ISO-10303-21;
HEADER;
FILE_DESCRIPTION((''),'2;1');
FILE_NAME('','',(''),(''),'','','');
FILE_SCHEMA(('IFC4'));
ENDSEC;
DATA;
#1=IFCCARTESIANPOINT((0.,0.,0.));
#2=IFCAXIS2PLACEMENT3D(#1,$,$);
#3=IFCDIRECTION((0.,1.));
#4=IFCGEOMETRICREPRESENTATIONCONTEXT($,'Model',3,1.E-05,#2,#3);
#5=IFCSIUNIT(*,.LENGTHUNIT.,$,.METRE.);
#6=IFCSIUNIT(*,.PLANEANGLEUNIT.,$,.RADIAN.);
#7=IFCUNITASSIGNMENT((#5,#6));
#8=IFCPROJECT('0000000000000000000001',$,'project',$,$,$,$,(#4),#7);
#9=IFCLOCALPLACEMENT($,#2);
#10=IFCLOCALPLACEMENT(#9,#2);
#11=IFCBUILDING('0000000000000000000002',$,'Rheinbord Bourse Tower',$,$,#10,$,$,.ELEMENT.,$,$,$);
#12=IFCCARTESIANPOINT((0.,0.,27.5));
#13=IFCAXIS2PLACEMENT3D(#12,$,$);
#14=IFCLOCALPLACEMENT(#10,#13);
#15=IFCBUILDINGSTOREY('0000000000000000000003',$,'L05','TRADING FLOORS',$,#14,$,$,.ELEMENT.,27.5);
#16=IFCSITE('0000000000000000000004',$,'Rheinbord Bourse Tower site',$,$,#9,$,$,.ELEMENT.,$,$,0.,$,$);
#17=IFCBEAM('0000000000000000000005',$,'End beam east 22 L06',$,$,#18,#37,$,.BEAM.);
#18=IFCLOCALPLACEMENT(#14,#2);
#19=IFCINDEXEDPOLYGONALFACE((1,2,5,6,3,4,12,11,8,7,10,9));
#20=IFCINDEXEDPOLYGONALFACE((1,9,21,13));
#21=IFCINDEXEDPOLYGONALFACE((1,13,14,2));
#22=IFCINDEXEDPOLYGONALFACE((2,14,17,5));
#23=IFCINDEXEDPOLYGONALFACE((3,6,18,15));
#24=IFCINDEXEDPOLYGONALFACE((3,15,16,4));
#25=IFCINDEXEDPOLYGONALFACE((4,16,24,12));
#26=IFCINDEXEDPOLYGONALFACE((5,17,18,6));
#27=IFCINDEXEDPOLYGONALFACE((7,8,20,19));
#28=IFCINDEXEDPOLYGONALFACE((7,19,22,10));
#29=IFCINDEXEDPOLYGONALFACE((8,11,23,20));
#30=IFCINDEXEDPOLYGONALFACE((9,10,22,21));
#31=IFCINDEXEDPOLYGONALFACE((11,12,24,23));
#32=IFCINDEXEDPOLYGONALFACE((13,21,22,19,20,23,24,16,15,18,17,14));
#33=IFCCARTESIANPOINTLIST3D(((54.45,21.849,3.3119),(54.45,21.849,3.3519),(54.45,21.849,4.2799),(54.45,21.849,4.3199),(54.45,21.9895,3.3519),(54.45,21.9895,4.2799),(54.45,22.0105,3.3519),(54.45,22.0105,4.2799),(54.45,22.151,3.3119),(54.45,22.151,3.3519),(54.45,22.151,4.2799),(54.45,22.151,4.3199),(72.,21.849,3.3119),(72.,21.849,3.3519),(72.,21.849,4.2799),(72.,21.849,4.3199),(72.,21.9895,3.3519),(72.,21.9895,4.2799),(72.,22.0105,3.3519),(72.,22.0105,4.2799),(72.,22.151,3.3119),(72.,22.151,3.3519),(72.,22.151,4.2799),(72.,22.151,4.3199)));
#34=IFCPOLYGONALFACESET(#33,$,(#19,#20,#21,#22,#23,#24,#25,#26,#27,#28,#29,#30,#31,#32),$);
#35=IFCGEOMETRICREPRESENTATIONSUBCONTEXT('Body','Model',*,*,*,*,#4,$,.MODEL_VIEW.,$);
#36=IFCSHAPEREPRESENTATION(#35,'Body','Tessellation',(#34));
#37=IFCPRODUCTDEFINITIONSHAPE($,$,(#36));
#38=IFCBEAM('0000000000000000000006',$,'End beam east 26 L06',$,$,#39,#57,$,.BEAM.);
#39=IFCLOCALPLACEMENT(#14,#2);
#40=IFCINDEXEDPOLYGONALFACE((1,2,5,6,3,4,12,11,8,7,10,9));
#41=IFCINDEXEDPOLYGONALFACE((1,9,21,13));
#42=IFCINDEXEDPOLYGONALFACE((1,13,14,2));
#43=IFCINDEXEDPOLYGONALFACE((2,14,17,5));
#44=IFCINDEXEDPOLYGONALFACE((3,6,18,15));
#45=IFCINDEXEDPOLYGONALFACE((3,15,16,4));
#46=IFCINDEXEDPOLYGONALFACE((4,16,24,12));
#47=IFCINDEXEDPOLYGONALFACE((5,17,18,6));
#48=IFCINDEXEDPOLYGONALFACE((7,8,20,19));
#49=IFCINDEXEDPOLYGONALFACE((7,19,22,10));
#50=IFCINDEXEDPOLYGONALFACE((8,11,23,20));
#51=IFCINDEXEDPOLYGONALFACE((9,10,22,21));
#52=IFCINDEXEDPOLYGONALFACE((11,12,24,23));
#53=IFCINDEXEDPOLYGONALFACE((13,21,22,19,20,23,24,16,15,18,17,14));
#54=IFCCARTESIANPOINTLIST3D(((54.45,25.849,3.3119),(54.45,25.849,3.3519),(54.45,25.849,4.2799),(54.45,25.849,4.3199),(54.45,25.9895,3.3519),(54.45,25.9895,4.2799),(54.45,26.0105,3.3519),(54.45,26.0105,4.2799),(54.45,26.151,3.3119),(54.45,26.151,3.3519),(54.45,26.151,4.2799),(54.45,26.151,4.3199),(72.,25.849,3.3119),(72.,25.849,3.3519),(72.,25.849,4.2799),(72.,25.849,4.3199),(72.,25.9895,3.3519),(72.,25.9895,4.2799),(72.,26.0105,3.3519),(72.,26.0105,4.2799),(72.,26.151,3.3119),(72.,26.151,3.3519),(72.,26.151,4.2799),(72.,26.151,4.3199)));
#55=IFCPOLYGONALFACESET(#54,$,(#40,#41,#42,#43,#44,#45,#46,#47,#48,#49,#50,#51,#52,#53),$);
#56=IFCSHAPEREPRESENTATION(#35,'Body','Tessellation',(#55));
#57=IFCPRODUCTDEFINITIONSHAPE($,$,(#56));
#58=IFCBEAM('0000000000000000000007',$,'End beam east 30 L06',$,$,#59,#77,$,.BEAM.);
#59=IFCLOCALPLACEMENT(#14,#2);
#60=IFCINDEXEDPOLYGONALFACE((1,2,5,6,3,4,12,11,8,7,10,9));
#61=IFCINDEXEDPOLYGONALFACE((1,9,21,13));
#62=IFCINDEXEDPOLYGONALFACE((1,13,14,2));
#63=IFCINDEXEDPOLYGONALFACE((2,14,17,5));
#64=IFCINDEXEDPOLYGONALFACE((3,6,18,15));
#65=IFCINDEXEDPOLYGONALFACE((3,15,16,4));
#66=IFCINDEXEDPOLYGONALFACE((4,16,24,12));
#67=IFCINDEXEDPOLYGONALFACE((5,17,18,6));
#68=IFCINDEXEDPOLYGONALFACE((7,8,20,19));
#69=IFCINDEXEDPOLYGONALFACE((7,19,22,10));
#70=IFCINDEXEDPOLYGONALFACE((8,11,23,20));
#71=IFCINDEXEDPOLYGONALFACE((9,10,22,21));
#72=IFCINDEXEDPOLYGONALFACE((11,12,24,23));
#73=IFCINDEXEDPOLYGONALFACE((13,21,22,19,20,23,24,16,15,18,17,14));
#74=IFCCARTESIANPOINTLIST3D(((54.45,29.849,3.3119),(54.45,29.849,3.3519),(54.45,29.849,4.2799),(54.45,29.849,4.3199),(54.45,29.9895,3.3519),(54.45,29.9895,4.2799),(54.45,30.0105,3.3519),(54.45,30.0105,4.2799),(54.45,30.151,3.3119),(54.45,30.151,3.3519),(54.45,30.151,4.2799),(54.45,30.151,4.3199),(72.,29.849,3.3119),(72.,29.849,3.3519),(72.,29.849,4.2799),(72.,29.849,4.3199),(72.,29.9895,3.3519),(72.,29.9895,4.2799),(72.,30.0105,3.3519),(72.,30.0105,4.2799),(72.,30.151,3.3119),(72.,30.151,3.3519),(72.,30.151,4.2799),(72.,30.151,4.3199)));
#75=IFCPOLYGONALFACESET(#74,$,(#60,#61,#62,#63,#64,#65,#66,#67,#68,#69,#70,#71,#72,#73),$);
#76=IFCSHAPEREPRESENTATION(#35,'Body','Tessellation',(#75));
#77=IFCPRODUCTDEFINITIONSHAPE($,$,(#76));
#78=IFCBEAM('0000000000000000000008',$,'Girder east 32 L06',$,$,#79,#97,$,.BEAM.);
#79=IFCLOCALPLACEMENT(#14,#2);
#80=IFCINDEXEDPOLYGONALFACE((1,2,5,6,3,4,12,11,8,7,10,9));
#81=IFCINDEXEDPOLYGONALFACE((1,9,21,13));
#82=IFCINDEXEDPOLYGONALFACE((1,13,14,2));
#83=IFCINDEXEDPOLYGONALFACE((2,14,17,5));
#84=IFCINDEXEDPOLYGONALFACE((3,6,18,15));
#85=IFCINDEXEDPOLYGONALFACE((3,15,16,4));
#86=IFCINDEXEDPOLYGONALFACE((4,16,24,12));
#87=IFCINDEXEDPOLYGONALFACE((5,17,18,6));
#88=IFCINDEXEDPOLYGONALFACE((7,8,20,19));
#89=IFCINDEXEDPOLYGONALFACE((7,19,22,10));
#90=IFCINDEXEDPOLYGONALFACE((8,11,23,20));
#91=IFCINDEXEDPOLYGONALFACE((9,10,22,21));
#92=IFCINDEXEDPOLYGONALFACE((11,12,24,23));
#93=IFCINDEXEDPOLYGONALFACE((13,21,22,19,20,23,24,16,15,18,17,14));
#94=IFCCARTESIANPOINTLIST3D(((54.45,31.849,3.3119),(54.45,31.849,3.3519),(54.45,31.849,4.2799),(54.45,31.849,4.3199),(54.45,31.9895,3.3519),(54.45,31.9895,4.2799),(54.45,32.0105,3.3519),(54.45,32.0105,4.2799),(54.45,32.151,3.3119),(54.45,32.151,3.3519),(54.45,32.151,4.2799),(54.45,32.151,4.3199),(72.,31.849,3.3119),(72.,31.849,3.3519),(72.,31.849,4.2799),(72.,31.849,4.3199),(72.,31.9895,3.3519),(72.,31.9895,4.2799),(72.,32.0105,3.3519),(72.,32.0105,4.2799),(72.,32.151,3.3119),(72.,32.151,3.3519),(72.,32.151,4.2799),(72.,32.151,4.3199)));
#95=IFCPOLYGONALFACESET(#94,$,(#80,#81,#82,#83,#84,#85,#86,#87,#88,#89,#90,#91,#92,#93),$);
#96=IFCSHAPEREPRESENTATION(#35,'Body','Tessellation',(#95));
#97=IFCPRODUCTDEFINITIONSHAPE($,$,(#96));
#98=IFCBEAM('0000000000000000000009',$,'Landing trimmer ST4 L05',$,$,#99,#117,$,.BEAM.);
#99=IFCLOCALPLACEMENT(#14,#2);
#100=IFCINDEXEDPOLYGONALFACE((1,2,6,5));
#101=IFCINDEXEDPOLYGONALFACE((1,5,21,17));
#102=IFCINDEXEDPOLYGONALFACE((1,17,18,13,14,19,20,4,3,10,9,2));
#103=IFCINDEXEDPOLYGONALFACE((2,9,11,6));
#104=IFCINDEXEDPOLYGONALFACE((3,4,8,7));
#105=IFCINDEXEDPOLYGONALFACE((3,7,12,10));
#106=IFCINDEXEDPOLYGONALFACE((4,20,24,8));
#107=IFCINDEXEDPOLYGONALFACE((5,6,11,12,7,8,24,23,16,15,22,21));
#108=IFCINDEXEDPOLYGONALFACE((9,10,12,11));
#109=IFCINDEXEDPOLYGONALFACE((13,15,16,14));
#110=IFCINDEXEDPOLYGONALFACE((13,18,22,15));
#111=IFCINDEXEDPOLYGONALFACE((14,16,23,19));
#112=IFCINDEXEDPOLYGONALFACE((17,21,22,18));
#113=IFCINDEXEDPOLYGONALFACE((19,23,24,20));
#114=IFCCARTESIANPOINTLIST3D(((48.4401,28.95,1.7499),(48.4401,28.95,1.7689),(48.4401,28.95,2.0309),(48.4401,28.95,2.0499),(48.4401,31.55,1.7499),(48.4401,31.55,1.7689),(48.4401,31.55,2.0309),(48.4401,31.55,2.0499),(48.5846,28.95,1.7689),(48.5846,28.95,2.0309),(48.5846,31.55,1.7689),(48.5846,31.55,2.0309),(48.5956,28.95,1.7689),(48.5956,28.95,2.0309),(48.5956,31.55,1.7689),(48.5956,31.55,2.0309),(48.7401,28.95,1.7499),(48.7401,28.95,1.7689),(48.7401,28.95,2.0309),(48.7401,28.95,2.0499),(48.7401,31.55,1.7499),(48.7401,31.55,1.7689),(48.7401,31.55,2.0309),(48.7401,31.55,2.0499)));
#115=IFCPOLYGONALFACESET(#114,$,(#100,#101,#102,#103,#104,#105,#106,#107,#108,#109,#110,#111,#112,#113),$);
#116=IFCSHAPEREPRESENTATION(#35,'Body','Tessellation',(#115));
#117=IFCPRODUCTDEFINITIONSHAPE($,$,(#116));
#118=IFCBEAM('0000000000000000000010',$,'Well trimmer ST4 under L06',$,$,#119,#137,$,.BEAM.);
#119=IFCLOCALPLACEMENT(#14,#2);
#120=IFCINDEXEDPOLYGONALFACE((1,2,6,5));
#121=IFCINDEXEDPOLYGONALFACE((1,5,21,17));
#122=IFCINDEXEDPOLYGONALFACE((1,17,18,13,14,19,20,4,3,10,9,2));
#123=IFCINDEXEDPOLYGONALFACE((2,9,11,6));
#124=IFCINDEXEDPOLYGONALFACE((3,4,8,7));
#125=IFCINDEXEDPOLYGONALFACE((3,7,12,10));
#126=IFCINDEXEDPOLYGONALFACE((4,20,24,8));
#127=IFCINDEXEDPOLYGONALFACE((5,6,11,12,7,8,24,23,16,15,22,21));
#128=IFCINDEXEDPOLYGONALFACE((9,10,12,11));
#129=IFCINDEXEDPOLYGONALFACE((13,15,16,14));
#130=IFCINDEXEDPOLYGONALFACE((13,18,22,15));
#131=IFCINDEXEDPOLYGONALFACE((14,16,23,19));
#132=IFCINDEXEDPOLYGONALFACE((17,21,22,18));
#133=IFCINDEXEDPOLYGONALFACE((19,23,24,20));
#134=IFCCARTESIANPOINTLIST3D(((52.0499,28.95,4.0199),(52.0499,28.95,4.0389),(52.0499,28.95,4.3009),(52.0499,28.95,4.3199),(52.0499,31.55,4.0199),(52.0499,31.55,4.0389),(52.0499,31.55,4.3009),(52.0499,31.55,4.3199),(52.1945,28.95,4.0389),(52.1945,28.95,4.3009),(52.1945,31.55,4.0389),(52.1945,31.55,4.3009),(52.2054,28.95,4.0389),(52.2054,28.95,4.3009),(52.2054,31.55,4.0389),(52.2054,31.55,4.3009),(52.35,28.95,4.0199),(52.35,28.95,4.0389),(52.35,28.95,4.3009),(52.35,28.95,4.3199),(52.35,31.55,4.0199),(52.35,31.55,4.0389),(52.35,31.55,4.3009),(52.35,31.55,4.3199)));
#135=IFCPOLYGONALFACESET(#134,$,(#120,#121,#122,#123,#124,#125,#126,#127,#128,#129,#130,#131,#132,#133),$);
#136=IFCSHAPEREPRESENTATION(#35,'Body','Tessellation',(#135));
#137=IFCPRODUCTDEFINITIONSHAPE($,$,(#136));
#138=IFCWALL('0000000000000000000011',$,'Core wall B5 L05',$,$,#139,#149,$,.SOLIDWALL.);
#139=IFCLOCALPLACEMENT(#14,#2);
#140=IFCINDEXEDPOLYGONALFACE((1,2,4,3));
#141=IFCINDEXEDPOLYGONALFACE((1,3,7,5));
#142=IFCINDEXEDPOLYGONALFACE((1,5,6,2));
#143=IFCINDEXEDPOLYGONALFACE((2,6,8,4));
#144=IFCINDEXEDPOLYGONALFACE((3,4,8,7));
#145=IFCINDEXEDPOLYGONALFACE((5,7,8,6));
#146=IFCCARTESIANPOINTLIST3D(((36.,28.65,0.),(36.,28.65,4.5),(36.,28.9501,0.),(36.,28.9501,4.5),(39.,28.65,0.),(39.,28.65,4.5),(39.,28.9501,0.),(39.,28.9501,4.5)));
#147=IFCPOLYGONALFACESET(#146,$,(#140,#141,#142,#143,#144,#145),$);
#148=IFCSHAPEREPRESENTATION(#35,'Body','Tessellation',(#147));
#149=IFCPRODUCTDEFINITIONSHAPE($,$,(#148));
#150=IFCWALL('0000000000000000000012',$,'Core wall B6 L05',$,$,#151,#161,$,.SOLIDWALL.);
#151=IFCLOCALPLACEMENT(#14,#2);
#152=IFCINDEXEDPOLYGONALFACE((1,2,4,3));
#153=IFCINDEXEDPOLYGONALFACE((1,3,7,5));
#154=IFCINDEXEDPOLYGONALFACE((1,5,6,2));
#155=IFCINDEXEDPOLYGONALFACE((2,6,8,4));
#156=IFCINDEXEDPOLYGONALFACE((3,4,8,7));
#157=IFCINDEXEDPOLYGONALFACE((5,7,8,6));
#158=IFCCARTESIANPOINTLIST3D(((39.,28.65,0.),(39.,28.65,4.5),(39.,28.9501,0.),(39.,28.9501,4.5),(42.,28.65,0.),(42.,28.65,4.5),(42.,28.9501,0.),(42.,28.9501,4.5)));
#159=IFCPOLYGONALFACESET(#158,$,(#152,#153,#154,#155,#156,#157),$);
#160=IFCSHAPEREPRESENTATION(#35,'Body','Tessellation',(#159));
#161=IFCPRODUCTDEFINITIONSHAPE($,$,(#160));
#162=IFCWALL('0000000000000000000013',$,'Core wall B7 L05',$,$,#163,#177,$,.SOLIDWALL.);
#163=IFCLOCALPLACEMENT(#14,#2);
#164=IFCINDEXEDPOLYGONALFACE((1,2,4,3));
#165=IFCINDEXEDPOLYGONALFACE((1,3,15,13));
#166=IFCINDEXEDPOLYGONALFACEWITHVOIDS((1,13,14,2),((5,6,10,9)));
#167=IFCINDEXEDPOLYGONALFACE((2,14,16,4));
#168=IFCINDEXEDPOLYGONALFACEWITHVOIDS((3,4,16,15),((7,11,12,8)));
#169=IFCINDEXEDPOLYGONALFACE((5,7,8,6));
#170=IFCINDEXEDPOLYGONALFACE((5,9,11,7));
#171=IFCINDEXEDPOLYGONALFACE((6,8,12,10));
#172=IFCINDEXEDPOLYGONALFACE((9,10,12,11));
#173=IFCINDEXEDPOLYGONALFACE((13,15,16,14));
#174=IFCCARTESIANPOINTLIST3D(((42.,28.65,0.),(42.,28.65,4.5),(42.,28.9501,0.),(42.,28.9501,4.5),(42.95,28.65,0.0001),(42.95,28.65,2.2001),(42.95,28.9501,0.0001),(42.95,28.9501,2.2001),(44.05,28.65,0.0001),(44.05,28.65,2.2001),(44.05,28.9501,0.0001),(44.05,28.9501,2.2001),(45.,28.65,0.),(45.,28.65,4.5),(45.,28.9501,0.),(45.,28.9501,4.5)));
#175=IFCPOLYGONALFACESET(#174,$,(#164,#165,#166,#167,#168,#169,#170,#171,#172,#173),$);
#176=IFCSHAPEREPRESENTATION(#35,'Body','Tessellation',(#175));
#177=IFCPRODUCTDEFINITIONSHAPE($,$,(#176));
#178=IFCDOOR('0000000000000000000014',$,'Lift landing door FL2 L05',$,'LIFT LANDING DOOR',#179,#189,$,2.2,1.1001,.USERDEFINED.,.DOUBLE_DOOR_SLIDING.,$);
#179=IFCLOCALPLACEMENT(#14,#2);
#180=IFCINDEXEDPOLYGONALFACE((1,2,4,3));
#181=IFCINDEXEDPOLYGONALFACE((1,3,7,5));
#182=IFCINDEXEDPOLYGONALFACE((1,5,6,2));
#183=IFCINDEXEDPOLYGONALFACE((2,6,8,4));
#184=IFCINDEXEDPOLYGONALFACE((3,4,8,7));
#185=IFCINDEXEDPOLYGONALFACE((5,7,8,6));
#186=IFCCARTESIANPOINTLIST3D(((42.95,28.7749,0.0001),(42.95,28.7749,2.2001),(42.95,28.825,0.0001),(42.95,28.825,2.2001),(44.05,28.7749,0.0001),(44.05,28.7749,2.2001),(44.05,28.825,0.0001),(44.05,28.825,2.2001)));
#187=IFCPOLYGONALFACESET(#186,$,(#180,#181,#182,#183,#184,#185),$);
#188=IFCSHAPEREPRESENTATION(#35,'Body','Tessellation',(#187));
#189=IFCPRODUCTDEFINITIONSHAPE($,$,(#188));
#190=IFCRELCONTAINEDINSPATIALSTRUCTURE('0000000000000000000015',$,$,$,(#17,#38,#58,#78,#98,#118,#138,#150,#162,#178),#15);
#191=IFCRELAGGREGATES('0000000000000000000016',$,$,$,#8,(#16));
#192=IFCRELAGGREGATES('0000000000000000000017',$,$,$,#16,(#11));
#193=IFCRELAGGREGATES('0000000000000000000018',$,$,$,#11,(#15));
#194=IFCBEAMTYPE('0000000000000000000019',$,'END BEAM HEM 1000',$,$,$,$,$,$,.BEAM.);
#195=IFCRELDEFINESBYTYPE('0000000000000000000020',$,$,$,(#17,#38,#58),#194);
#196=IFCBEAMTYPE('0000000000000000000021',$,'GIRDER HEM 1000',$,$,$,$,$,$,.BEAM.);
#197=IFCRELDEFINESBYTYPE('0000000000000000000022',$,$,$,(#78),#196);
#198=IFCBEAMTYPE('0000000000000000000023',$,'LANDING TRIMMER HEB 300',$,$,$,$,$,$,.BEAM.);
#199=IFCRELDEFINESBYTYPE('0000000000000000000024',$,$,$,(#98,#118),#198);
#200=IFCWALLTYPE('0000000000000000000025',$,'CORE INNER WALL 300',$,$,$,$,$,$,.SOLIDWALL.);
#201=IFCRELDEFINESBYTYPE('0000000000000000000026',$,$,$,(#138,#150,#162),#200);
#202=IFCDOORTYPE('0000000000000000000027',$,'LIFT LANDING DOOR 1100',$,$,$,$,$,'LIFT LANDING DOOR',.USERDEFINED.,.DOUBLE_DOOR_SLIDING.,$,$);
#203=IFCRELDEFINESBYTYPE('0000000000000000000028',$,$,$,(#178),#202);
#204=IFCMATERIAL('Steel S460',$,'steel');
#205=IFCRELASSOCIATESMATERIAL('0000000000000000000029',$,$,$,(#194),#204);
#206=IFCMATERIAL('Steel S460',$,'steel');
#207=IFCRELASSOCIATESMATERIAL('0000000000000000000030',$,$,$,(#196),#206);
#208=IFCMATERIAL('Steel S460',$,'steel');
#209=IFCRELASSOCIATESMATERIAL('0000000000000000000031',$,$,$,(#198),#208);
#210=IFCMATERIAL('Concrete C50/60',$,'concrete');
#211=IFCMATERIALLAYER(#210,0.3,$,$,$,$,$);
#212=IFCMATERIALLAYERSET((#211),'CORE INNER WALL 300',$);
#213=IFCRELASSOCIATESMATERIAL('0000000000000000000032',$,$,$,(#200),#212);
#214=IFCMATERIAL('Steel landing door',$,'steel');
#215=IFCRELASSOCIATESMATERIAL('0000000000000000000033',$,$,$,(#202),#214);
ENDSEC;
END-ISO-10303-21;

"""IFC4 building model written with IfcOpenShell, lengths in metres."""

from ifc_helpers import new_model, si_unit, direction, frame, frame_2d, origin, origin_2d, place, context, subcontext, project, spatial, rectangle, i_section, extrude, material, layer, layer_set, material_profile, profile_set, type_object, element, fill, save


model = new_model("IFC4")

# Units and contexts
model_context = context("Model", 3, precision=1e-05, world=origin(), true_north=direction((0.0, 1.0)))
body_context = subcontext(model_context, "Body", "Model", "MODEL_VIEW")
ifc_project = project(units=[si_unit("LENGTHUNIT", "METRE"), si_unit("PLANEANGLEUNIT", "RADIAN")], contexts=[model_context])

# Site, building, storey
site_placement = place(None, origin())
site = spatial("IfcSite", under=ifc_project, at=site_placement, Name="Rheinbord Bourse Tower site", CompositionType="ELEMENT", RefElevation=0.0)
building_placement = place(site_placement, origin())
building = spatial("IfcBuilding", under=site, at=building_placement, Name="Rheinbord Bourse Tower", CompositionType="ELEMENT")
storey_placement = place(building_placement, frame((0.0, 0.0, 27.5)))
storey = spatial("IfcBuildingStorey", under=building, at=storey_placement, Name="L05", Description="TRADING FLOORS", CompositionType="ELEMENT", Elevation=27.5)

# Beams
ifc_material_1 = material(Name="Steel S460", Category="steel")
ifc_material_profile_1 = material_profile(ifc_material_1, i_section(OverallWidth=0.302, OverallDepth=1.0081, WebThickness=0.021, FlangeThickness=0.04, at=origin_2d()), Name="HEM 1000")
ifc_profile_set_1 = profile_set([ifc_material_profile_1], Name="Steel S460")
beam_type_1 = type_object("IfcBeamType", Name="END BEAM HEM 1000", PredefinedType="BEAM", material=ifc_profile_set_1)
for number, where, z_axis, x_axis, name in (
    (1, (54.45, 22.0, 3.8159), (1.0, 0.0, 0.0), (0.0, 1.0, 0.0), "End beam east 22 L06"),
    (2, (54.45, 26.0, 3.8159), (1.0, 0.0, 0.0), (0.0, 1.0, 0.0), "End beam east 26 L06"),
    (3, (54.45, 30.0, 3.8159), (1.0, 0.0, 0.0), (0.0, 1.0, 0.0), "End beam east 30 L06"),
):
    element("IfcBeam", number, at=place(storey_placement, frame(where, z_axis=z_axis, x_axis=x_axis)), inside=storey, type_object=beam_type_1, Name=name, PredefinedType="BEAM", context=body_context, shape_type="SweptSolid", body=[
        extrude(i_section(OverallWidth=0.302, OverallDepth=1.0081, WebThickness=0.021, FlangeThickness=0.04, at=origin_2d()), origin(), (0.0, 0.0, 1.0), 17.55),
    ])
ifc_material_2 = material(Name="Steel S460", Category="steel")
ifc_material_profile_2 = material_profile(ifc_material_2, i_section(OverallWidth=0.302, OverallDepth=1.0081, WebThickness=0.021, FlangeThickness=0.04, at=origin_2d()), Name="HEM 1000")
ifc_profile_set_2 = profile_set([ifc_material_profile_2], Name="Steel S460")
beam_type_2 = type_object("IfcBeamType", Name="GIRDER HEM 1000", PredefinedType="BEAM", material=ifc_profile_set_2)
beam_placement = place(storey_placement, frame((54.45, 32.0, 3.8159), z_axis=(1.0, 0.0, 0.0), x_axis=(0.0, 1.0, 0.0)))
element("IfcBeam", 4, at=beam_placement, inside=storey, type_object=beam_type_2, Name="Girder east 32 L06", PredefinedType="BEAM", context=body_context, shape_type="SweptSolid", body=[
    extrude(i_section(OverallWidth=0.302, OverallDepth=1.0081, WebThickness=0.021, FlangeThickness=0.04, at=origin_2d()), origin(), (0.0, 0.0, 1.0), 17.55),
])
ifc_material_3 = material(Name="Steel S460", Category="steel")
ifc_material_profile_3 = material_profile(ifc_material_3, i_section(OverallWidth=0.3, OverallDepth=0.3, WebThickness=0.011, FlangeThickness=0.019, at=origin_2d()), Name="HEB 300")
ifc_profile_set_3 = profile_set([ifc_material_profile_3], Name="Steel S460")
beam_type_3 = type_object("IfcBeamType", Name="LANDING TRIMMER HEB 300", PredefinedType="BEAM", material=ifc_profile_set_3)
for number, where, z_axis, x_axis, name in (
    (5, (48.5901, 28.95, 1.8999), (0.0, 1.0, 0.0), (-1.0, 0.0, 0.0), "Landing trimmer ST4 L05"),
    (6, (52.2, 28.95, 4.1699), (0.0, 1.0, 0.0), (-1.0, 0.0, 0.0), "Well trimmer ST4 under L06"),
):
    element("IfcBeam", number, at=place(storey_placement, frame(where, z_axis=z_axis, x_axis=x_axis)), inside=storey, type_object=beam_type_3, Name=name, PredefinedType="BEAM", context=body_context, shape_type="SweptSolid", body=[
        extrude(i_section(OverallWidth=0.3, OverallDepth=0.3, WebThickness=0.011, FlangeThickness=0.019, at=origin_2d()), origin(), (0.0, 0.0, 1.0), 2.6001),
    ])

# Walls
ifc_material_4 = material(Name="Concrete C50/60", Category="concrete")
ifc_layer_1 = layer(ifc_material_4, 0.3)
ifc_layer_set_1 = layer_set([ifc_layer_1], Name="CORE INNER WALL 300")
wall_type_1 = type_object("IfcWallType", Name="CORE INNER WALL 300", PredefinedType="SOLIDWALL", material=ifc_layer_set_1)
for number, where, z_axis, x_axis, name in (
    (7, (36.0, 28.8, 0.0), (0.0, 0.0, 1.0), (1.0, 0.0, 0.0), "Core wall B5 L05"),
    (8, (39.0, 28.8, 0.0), (0.0, 0.0, 1.0), (1.0, 0.0, 0.0), "Core wall B6 L05"),
):
    element("IfcWall", number, at=place(storey_placement, frame(where, z_axis=z_axis, x_axis=x_axis)), inside=storey, type_object=wall_type_1, Name=name, PredefinedType="SOLIDWALL", context=body_context, shape_type="SweptSolid", body=[
        extrude(rectangle(XDim=3.0, YDim=0.3, at=frame_2d((1.5, 0.0))), origin(), (0.0, 0.0, 1.0), 4.5),
    ])

# Wall, opening, door
wall_1_placement = place(storey_placement, frame((42.0, 28.8, 0.0), z_axis=(0.0, 0.0, 1.0), x_axis=(1.0, 0.0, 0.0)))
wall_1 = element("IfcWall", 9, at=wall_1_placement, inside=storey, type_object=wall_type_1, Name="Core wall B7 L05", PredefinedType="SOLIDWALL", context=body_context, shape_type="SweptSolid", body=[
    extrude(rectangle(XDim=3.0, YDim=0.3, at=frame_2d((1.5, 0.0))), origin(), (0.0, 0.0, 1.0), 4.5),
])
opening_1_placement = place(wall_1_placement, frame((0.95, 0.0, 0.0)))
opening_1 = element("IfcOpeningElement", 10, at=opening_1_placement, cuts=wall_1, PredefinedType="OPENING", context=body_context, shape_type="SweptSolid", body=[
    extrude(rectangle(XDim=1.1001, YDim=2.2, at=frame_2d((0.55, 1.1001))), frame((0.0, 0.1599, 0.0), z_axis=(0.0, -1.0, 0.0), x_axis=(1.0, 0.0, 0.0)), (0.0, 0.0, 1.0), 0.3201),
])
ifc_material_5 = material(Name="Steel landing door", Category="steel")
door_type_1 = type_object("IfcDoorType", Name="LIFT LANDING DOOR 1100", ElementType="LIFT LANDING DOOR", OperationType="DOUBLE_DOOR_SLIDING", PredefinedType="USERDEFINED", material=ifc_material_5)
door_1_placement = place(opening_1_placement, origin())
door_1 = element("IfcDoor", 11, at=door_1_placement, inside=storey, type_object=door_type_1, Name="Lift landing door FL2 L05", ObjectType="LIFT LANDING DOOR", OperationType="DOUBLE_DOOR_SLIDING", OverallHeight=2.2, OverallWidth=1.1001, PredefinedType="USERDEFINED", context=body_context, shape_type="SweptSolid", body=[
    extrude(rectangle(XDim=1.1001, YDim=2.2, at=frame_2d((0.55, 1.1001))), frame((0.0, 0.0249, 0.0), z_axis=(0.0, -1.0, 0.0), x_axis=(1.0, 0.0, 0.0)), (0.0, 0.0, 1.0), 0.05),
])
fill(opening_1, door_1)

save(model, "model.ifc")
